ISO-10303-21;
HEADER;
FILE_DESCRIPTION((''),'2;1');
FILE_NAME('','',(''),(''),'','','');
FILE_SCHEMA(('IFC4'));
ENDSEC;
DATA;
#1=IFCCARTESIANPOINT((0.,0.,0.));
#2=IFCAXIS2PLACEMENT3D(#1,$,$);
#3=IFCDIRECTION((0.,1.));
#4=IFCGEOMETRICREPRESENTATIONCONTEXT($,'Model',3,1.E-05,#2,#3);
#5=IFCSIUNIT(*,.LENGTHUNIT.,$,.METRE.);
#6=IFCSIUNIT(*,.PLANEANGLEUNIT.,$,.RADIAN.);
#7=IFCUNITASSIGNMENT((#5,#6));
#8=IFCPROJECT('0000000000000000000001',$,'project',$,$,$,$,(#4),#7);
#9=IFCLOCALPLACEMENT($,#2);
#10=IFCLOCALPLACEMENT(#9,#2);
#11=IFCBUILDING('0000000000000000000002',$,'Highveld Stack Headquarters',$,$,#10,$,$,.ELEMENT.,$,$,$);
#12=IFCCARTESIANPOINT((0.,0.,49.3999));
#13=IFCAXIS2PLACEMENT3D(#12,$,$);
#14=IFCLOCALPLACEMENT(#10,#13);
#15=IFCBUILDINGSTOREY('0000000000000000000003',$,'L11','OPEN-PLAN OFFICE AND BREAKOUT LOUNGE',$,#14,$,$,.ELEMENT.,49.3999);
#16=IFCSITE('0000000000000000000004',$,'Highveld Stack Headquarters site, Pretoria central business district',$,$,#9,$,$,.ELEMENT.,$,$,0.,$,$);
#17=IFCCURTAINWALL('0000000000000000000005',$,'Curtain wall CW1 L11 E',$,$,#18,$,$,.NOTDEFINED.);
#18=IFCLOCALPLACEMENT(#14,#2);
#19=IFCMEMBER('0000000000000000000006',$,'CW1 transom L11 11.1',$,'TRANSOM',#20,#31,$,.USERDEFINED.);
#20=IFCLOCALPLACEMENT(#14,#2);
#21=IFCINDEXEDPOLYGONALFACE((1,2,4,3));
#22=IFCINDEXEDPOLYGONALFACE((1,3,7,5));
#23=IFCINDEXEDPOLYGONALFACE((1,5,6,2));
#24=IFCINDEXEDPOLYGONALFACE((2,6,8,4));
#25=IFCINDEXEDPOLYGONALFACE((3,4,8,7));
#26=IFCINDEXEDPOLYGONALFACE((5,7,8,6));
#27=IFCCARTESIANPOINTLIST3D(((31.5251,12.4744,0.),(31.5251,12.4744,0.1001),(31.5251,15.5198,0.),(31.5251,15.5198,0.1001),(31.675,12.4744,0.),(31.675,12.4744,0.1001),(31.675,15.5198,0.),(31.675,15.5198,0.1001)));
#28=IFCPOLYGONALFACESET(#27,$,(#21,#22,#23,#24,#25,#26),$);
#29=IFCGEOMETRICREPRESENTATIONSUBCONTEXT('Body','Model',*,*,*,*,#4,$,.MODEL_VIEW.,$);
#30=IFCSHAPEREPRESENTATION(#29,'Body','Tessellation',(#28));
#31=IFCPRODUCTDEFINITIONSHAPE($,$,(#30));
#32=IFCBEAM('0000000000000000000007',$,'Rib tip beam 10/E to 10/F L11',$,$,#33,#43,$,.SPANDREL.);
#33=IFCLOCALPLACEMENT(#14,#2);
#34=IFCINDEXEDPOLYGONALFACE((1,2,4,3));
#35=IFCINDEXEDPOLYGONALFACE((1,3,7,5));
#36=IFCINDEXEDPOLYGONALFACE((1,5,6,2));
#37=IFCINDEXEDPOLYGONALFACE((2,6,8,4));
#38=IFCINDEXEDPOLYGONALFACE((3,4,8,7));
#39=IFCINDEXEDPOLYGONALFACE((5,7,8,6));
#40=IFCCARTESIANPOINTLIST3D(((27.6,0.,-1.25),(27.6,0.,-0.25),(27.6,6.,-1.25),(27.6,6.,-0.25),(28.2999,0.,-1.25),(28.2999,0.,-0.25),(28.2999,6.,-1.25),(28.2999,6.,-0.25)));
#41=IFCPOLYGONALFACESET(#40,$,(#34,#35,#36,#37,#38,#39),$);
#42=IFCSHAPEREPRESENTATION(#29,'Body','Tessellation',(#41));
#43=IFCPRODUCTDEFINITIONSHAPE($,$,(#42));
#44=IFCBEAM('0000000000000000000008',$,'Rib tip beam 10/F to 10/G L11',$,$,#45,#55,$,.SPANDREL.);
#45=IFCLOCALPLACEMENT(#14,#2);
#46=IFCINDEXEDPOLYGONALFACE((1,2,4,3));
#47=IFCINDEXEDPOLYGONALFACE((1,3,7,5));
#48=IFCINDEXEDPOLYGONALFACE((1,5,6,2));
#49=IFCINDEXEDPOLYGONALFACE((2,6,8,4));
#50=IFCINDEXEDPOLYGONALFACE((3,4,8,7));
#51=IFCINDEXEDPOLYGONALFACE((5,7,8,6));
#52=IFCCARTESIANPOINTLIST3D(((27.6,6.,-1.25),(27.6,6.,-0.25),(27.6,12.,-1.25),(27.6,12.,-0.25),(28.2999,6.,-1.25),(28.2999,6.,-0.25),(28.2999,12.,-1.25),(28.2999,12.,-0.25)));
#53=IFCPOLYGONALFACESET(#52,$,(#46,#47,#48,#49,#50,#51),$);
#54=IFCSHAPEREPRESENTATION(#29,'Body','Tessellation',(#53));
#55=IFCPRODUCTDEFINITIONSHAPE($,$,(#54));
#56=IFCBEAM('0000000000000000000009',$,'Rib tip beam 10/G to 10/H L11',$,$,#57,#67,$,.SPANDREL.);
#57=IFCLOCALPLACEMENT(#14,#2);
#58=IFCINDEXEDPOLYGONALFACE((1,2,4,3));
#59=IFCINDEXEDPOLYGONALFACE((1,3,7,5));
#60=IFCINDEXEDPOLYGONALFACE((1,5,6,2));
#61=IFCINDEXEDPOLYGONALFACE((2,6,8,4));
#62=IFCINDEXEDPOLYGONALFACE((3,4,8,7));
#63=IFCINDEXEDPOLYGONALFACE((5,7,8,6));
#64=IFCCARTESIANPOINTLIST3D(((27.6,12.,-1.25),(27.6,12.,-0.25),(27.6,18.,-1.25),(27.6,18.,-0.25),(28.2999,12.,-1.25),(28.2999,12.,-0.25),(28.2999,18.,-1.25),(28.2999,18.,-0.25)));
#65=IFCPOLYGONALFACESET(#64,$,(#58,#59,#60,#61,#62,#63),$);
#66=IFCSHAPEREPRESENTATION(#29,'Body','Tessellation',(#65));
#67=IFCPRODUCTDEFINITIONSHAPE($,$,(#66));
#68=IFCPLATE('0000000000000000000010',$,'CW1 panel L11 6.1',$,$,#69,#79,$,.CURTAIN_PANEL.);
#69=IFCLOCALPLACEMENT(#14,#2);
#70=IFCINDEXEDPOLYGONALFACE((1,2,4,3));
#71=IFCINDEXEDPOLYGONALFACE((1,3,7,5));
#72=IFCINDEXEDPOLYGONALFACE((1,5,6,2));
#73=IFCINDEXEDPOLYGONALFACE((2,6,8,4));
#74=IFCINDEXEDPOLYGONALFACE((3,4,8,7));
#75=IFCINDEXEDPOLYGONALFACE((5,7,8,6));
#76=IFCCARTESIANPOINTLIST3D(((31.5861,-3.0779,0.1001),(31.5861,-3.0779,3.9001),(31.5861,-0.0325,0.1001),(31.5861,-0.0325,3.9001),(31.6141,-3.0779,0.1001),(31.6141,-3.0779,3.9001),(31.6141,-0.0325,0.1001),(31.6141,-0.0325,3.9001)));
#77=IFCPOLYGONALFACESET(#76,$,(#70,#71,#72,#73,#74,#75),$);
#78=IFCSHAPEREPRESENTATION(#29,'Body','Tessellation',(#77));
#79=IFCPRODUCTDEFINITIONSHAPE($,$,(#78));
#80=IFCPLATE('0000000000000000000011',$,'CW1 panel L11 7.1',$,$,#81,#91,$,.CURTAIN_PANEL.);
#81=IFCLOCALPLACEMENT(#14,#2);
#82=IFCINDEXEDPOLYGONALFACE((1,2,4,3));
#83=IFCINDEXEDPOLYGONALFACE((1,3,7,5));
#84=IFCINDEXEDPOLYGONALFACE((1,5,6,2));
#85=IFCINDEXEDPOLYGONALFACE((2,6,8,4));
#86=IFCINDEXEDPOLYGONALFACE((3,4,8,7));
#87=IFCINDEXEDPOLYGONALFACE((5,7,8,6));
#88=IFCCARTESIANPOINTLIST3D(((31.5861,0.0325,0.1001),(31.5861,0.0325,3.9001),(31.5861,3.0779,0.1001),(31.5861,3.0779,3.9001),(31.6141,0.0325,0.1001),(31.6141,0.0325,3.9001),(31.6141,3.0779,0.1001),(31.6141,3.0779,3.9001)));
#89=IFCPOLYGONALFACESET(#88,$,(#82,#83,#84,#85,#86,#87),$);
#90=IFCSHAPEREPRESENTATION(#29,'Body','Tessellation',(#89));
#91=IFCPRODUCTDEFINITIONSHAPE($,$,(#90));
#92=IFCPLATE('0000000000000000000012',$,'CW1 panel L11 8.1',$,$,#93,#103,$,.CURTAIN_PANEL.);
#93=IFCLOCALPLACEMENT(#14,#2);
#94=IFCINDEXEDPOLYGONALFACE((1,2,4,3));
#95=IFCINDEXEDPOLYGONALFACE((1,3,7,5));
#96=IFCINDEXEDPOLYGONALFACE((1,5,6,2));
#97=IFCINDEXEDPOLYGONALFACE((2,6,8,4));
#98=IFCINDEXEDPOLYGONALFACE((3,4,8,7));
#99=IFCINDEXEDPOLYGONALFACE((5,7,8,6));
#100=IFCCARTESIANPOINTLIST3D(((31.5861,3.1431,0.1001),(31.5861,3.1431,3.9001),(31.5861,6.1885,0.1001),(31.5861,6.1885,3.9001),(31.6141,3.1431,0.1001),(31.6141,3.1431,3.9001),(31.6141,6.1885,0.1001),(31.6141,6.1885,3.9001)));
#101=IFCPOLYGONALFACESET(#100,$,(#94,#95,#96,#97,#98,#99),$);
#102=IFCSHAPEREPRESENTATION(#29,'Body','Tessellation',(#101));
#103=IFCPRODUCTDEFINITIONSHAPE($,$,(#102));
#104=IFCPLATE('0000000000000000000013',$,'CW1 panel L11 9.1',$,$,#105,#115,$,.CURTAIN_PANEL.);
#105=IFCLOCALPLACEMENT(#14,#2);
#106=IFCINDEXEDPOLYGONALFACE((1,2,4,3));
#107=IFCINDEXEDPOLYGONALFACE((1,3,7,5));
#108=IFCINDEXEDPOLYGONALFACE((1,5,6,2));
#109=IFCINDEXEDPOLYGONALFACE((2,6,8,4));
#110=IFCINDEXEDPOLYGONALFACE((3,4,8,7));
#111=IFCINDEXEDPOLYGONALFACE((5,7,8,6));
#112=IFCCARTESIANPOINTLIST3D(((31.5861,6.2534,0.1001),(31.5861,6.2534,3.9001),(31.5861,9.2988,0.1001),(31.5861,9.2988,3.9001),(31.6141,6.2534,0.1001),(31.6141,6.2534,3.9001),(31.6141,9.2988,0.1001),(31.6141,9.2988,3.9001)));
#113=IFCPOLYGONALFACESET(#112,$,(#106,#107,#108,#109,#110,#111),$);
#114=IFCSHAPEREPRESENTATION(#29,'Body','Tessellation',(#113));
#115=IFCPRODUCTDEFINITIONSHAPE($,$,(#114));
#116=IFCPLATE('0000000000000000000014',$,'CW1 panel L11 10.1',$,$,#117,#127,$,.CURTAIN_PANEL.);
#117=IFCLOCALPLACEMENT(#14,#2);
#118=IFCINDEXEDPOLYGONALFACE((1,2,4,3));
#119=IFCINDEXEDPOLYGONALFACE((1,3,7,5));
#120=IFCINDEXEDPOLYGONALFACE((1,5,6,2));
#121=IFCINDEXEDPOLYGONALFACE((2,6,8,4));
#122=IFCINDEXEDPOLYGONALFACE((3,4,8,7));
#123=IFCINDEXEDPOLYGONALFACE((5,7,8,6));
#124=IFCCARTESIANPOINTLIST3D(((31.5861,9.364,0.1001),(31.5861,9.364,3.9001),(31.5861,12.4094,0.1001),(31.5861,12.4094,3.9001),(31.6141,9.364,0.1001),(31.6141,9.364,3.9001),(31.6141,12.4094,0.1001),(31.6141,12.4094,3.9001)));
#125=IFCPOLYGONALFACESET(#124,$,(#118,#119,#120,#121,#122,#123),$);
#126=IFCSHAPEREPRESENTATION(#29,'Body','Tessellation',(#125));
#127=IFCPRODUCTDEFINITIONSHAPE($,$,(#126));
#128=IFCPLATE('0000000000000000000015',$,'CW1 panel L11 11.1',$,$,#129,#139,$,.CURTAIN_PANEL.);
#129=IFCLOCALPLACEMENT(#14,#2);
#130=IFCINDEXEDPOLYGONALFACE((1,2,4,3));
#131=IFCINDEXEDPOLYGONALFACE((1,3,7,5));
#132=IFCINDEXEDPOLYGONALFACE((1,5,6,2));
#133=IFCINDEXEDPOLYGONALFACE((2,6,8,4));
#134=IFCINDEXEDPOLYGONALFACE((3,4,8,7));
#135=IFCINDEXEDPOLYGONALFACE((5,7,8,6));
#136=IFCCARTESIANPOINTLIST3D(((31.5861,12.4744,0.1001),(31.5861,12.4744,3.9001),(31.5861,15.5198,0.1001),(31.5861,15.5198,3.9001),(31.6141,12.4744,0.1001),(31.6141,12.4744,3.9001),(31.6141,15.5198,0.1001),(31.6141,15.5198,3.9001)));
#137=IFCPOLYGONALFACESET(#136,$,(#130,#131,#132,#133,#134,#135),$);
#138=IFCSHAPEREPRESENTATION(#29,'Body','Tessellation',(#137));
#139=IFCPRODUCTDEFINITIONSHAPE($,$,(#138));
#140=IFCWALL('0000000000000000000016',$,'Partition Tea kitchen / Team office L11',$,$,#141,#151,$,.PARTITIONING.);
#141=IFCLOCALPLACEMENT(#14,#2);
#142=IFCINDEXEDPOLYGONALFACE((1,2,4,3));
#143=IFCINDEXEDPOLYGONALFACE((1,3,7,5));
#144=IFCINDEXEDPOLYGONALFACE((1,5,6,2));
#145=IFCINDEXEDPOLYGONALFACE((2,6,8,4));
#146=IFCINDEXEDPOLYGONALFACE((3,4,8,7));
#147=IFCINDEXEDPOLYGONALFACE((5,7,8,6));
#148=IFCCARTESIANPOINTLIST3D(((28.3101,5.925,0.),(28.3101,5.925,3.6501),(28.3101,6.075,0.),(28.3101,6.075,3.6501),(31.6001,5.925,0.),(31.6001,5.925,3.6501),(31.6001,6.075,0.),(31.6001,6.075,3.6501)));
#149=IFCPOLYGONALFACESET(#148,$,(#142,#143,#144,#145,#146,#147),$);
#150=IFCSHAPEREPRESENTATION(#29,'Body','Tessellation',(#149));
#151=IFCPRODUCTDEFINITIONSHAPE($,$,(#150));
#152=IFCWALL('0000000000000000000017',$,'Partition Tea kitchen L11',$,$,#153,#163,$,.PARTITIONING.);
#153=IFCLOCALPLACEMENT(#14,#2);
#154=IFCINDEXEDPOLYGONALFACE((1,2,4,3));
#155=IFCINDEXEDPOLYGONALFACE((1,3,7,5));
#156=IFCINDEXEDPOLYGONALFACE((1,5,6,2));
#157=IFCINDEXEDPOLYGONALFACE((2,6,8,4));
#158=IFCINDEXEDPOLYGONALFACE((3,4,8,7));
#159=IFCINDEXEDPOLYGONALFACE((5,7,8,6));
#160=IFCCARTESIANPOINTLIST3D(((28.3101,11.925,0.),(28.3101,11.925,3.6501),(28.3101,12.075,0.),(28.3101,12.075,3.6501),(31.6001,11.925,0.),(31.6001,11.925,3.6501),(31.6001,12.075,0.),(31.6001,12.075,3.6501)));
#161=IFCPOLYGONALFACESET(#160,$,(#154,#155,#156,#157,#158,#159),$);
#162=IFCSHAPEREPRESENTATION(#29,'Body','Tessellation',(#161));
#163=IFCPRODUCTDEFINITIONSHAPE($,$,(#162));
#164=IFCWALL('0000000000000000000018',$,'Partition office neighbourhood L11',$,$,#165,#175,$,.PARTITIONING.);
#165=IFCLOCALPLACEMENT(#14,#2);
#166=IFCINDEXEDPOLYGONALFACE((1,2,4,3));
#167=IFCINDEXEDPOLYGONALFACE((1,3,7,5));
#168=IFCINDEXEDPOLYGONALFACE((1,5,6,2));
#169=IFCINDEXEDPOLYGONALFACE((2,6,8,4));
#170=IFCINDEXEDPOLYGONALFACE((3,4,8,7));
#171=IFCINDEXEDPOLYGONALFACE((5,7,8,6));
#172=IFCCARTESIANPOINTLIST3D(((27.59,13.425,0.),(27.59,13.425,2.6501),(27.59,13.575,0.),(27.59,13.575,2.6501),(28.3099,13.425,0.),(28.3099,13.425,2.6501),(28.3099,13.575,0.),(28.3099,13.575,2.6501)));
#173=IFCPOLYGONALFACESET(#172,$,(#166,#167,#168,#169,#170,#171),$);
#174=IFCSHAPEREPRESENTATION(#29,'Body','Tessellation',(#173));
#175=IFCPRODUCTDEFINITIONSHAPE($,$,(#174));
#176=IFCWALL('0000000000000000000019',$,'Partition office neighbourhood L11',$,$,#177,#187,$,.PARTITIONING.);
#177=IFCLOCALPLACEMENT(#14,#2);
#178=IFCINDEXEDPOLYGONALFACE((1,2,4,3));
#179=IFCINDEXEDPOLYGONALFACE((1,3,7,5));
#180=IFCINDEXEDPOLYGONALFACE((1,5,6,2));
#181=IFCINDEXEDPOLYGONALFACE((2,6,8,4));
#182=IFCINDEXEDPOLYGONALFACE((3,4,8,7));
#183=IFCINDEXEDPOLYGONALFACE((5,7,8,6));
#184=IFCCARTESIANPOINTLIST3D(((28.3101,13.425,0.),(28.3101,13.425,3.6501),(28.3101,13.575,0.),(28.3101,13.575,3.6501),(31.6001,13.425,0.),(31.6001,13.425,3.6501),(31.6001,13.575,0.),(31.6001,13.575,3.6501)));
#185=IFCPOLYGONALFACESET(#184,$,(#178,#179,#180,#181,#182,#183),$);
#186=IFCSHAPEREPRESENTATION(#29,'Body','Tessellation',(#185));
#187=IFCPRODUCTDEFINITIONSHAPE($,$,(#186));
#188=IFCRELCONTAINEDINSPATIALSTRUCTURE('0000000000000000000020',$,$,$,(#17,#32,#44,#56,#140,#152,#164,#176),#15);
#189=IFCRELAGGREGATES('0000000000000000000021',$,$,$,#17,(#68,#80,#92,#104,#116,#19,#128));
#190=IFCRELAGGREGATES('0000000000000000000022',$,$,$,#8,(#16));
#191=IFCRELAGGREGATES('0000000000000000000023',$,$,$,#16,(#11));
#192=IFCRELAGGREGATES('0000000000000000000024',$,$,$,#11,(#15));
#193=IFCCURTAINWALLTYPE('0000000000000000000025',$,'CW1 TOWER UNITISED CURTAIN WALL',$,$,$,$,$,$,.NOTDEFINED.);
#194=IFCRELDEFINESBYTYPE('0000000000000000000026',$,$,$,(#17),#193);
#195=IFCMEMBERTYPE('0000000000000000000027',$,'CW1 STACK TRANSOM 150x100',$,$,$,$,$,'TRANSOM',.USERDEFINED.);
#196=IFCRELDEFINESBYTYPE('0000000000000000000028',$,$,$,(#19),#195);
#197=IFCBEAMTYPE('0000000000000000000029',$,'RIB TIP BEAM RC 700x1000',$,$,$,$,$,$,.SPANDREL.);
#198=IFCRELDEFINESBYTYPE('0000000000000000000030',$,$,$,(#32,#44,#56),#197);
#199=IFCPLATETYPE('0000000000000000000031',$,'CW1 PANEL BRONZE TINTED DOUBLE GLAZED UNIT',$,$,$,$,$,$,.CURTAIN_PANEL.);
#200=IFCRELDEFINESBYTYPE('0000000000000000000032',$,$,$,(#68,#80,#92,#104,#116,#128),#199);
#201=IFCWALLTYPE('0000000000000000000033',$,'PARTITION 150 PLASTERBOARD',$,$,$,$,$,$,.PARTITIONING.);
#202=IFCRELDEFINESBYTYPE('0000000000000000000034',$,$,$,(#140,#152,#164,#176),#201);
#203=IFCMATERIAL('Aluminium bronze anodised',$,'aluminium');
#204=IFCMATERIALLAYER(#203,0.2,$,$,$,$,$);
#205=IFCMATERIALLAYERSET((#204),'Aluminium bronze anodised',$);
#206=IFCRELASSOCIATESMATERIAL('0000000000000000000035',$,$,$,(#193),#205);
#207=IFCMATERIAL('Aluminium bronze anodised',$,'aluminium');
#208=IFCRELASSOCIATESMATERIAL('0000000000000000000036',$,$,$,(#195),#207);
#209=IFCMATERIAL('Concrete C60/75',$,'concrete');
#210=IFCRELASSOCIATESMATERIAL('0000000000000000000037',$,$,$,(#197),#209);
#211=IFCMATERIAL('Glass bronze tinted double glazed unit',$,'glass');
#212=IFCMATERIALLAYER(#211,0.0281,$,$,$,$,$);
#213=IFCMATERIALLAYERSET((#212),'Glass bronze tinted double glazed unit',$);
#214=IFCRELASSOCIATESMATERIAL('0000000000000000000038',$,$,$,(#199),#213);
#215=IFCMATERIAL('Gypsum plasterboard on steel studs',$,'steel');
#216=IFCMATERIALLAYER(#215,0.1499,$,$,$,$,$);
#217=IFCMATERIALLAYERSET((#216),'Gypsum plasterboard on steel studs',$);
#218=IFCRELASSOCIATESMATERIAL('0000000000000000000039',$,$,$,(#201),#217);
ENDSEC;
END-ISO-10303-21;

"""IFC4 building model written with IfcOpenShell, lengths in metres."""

from ifc_helpers import new_model, si_unit, direction, frame, frame_2d, origin, origin_2d, place, context, subcontext, project, spatial, rectangle, extrude, material, layer, layer_set, material_profile, profile_set, type_object, element, aggregate, save


model = new_model("IFC4")

# Units and contexts
model_context = context("Model", 3, precision=1e-05, world=origin(), true_north=direction((0.0, 1.0)))
body_context = subcontext(model_context, "Body", "Model", "MODEL_VIEW")
ifc_project = project(units=[si_unit("LENGTHUNIT", "METRE"), si_unit("PLANEANGLEUNIT", "RADIAN")], contexts=[model_context])

# Site, building, storey
site_placement = place(None, origin())
site = spatial("IfcSite", under=ifc_project, at=site_placement, Name="Highveld Stack Headquarters site, Pretoria central business district", CompositionType="ELEMENT", RefElevation=0.0)
building_placement = place(site_placement, origin())
building = spatial("IfcBuilding", under=site, at=building_placement, Name="Highveld Stack Headquarters", CompositionType="ELEMENT")
storey_placement = place(building_placement, frame((0.0, 0.0, 49.3999)))
storey = spatial("IfcBuildingStorey", under=building, at=storey_placement, Name="L11", Description="OPEN-PLAN OFFICE AND BREAKOUT LOUNGE", CompositionType="ELEMENT", Elevation=49.3999)

# Curtain wall, member
ifc_material_1 = material(Name="Aluminium bronze anodised", Category="aluminium")
ifc_layer_1 = layer(ifc_material_1, 0.2)
ifc_layer_set_1 = layer_set([ifc_layer_1], Name="Aluminium bronze anodised")
curtain_wall_type = type_object("IfcCurtainWallType", Name="CW1 TOWER UNITISED CURTAIN WALL", PredefinedType="NOTDEFINED", material=ifc_layer_set_1)
curtain_wall_placement = place(storey_placement, origin())
curtain_wall = element("IfcCurtainWall", 1, at=curtain_wall_placement, inside=storey, type_object=curtain_wall_type, Name="Curtain wall CW1 L11 E", PredefinedType="NOTDEFINED")
ifc_material_2 = material(Name="Aluminium bronze anodised", Category="aluminium")
ifc_material_profile_1 = material_profile(ifc_material_2, rectangle(XDim=0.1499, YDim=0.1001, at=origin_2d()), Name="CW1 TRANSOM 150x100")
ifc_profile_set_1 = profile_set([ifc_material_profile_1], Name="Aluminium bronze anodised")
member_type_1 = type_object("IfcMemberType", Name="CW1 STACK TRANSOM 150x100", ElementType="TRANSOM", PredefinedType="USERDEFINED", material=ifc_profile_set_1)
member_1_placement = place(storey_placement, frame((31.6001, 12.4744, 0.05), z_axis=(0.0, 1.0, 0.0), x_axis=(-1.0, 0.0, 0.0)))
member_1 = element("IfcMember", 2, at=member_1_placement, type_object=member_type_1, Name="CW1 transom L11 11.1", ObjectType="TRANSOM", PredefinedType="USERDEFINED", context=body_context, shape_type="SweptSolid", body=[
    extrude(rectangle(XDim=0.1499, YDim=0.1001, at=origin_2d()), origin(), (0.0, 0.0, 1.0), 3.0454),
])

# Beams
ifc_material_3 = material(Name="Concrete C60/75", Category="concrete")
ifc_material_profile_2 = material_profile(ifc_material_3, rectangle(XDim=0.7, YDim=1.0, at=origin_2d()), Name="RC 700x1000")
ifc_profile_set_2 = profile_set([ifc_material_profile_2], Name="Concrete C60/75")
beam_type = type_object("IfcBeamType", Name="RIB TIP BEAM RC 700x1000", PredefinedType="SPANDREL", material=ifc_profile_set_2)
for number, where, z_axis, x_axis, name in (
    (3, (27.95, 0.0, -0.75), (0.0, 1.0, 0.0), (-1.0, 0.0, 0.0), "Rib tip beam 10/E to 10/F L11"),
    (4, (27.95, 6.0, -0.75), (0.0, 1.0, 0.0), (-1.0, 0.0, 0.0), "Rib tip beam 10/F to 10/G L11"),
    (5, (27.95, 12.0, -0.75), (0.0, 1.0, 0.0), (-1.0, 0.0, 0.0), "Rib tip beam 10/G to 10/H L11"),
):
    element("IfcBeam", number, at=place(storey_placement, frame(where, z_axis=z_axis, x_axis=x_axis)), inside=storey, type_object=beam_type, Name=name, PredefinedType="SPANDREL", context=body_context, shape_type="SweptSolid", body=[
        extrude(rectangle(XDim=0.7, YDim=1.0, at=origin_2d()), origin(), (0.0, 0.0, 1.0), 6.0),
    ])

# Plates
ifc_material_4 = material(Name="Glass bronze tinted double glazed unit", Category="glass")
ifc_layer_2 = layer(ifc_material_4, 0.0281)
ifc_layer_set_2 = layer_set([ifc_layer_2], Name="Glass bronze tinted double glazed unit")
plate_type = type_object("IfcPlateType", Name="CW1 PANEL BRONZE TINTED DOUBLE GLAZED UNIT", PredefinedType="CURTAIN_PANEL", material=ifc_layer_set_2)
plate_1_placement = place(storey_placement, frame((31.6001, -1.5552, 0.1001), z_axis=(0.0, 0.0, 1.0), x_axis=(0.0, 1.0, 0.0)))
plate_1 = element("IfcPlate", 6, at=plate_1_placement, type_object=plate_type, Name="CW1 panel L11 6.1", PredefinedType="CURTAIN_PANEL", context=body_context, shape_type="SweptSolid", body=[
    extrude(rectangle(XDim=3.0454, YDim=0.0281, at=origin_2d()), origin(), (0.0, 0.0, 1.0), 3.8),
])
plate_2_placement = place(storey_placement, frame((31.6001, 1.5552, 0.1001), z_axis=(0.0, 0.0, 1.0), x_axis=(0.0, 1.0, 0.0)))
plate_2 = element("IfcPlate", 7, at=plate_2_placement, type_object=plate_type, Name="CW1 panel L11 7.1", PredefinedType="CURTAIN_PANEL", context=body_context, shape_type="SweptSolid", body=[
    extrude(rectangle(XDim=3.0454, YDim=0.0281, at=origin_2d()), origin(), (0.0, 0.0, 1.0), 3.8),
])
plate_3_placement = place(storey_placement, frame((31.6001, 4.6658, 0.1001), z_axis=(0.0, 0.0, 1.0), x_axis=(0.0, 1.0, 0.0)))
plate_3 = element("IfcPlate", 8, at=plate_3_placement, type_object=plate_type, Name="CW1 panel L11 8.1", PredefinedType="CURTAIN_PANEL", context=body_context, shape_type="SweptSolid", body=[
    extrude(rectangle(XDim=3.0454, YDim=0.0281, at=origin_2d()), origin(), (0.0, 0.0, 1.0), 3.8),
])
plate_4_placement = place(storey_placement, frame((31.6001, 7.7761, 0.1001), z_axis=(0.0, 0.0, 1.0), x_axis=(0.0, 1.0, 0.0)))
plate_4 = element("IfcPlate", 9, at=plate_4_placement, type_object=plate_type, Name="CW1 panel L11 9.1", PredefinedType="CURTAIN_PANEL", context=body_context, shape_type="SweptSolid", body=[
    extrude(rectangle(XDim=3.0454, YDim=0.0281, at=origin_2d()), origin(), (0.0, 0.0, 1.0), 3.8),
])
plate_5_placement = place(storey_placement, frame((31.6001, 10.8867, 0.1001), z_axis=(0.0, 0.0, 1.0), x_axis=(0.0, 1.0, 0.0)))
plate_5 = element("IfcPlate", 10, at=plate_5_placement, type_object=plate_type, Name="CW1 panel L11 10.1", PredefinedType="CURTAIN_PANEL", context=body_context, shape_type="SweptSolid", body=[
    extrude(rectangle(XDim=3.0454, YDim=0.0281, at=origin_2d()), origin(), (0.0, 0.0, 1.0), 3.8),
])
plate_6_placement = place(storey_placement, frame((31.6001, 13.9971, 0.1001), z_axis=(0.0, 0.0, 1.0), x_axis=(0.0, 1.0, 0.0)))
plate_6 = element("IfcPlate", 11, at=plate_6_placement, type_object=plate_type, Name="CW1 panel L11 11.1", PredefinedType="CURTAIN_PANEL", context=body_context, shape_type="SweptSolid", body=[
    extrude(rectangle(XDim=3.0454, YDim=0.0281, at=origin_2d()), origin(), (0.0, 0.0, 1.0), 3.8),
])
aggregate(curtain_wall, [plate_1, plate_2, plate_3, plate_4, plate_5, member_1, plate_6])

# Walls
ifc_material_5 = material(Name="Gypsum plasterboard on steel studs", Category="steel")
ifc_layer_3 = layer(ifc_material_5, 0.1499)
ifc_layer_set_3 = layer_set([ifc_layer_3], Name="Gypsum plasterboard on steel studs")
wall_type = type_object("IfcWallType", Name="PARTITION 150 PLASTERBOARD", PredefinedType="PARTITIONING", material=ifc_layer_set_3)
for number, where, z_axis, x_axis, name in (
    (12, (28.3101, 6.0, 0.0), (0.0, 0.0, 1.0), (1.0, 0.0, 0.0), "Partition Tea kitchen / Team office L11"),
    (13, (28.3101, 12.0, 0.0), (0.0, 0.0, 1.0), (1.0, 0.0, 0.0), "Partition Tea kitchen L11"),
):
    element("IfcWall", number, at=place(storey_placement, frame(where, z_axis=z_axis, x_axis=x_axis)), inside=storey, type_object=wall_type, Name=name, PredefinedType="PARTITIONING", context=body_context, shape_type="SweptSolid", body=[
        extrude(rectangle(XDim=3.29, YDim=0.1499, at=frame_2d((1.645, 0.0))), origin(), (0.0, 0.0, 1.0), 3.6501),
    ])
wall_1_placement = place(storey_placement, frame((27.5901, 13.5, 0.0), z_axis=(0.0, 0.0, 1.0), x_axis=(1.0, 0.0, 0.0)))
element("IfcWall", 14, at=wall_1_placement, inside=storey, type_object=wall_type, Name="Partition office neighbourhood L11", PredefinedType="PARTITIONING", context=body_context, shape_type="SweptSolid", body=[
    extrude(rectangle(XDim=0.72, YDim=0.1499, at=frame_2d((0.3599, 0.0))), origin(), (0.0, 0.0, 1.0), 2.6501),
])
wall_2_placement = place(storey_placement, frame((28.3101, 13.5, 0.0), z_axis=(0.0, 0.0, 1.0), x_axis=(1.0, 0.0, 0.0)))
element("IfcWall", 15, at=wall_2_placement, inside=storey, type_object=wall_type, Name="Partition office neighbourhood L11", PredefinedType="PARTITIONING", context=body_context, shape_type="SweptSolid", body=[
    extrude(rectangle(XDim=3.29, YDim=0.1499, at=frame_2d((1.645, 0.0))), origin(), (0.0, 0.0, 1.0), 3.6501),
])

save(model, "model.ifc")
